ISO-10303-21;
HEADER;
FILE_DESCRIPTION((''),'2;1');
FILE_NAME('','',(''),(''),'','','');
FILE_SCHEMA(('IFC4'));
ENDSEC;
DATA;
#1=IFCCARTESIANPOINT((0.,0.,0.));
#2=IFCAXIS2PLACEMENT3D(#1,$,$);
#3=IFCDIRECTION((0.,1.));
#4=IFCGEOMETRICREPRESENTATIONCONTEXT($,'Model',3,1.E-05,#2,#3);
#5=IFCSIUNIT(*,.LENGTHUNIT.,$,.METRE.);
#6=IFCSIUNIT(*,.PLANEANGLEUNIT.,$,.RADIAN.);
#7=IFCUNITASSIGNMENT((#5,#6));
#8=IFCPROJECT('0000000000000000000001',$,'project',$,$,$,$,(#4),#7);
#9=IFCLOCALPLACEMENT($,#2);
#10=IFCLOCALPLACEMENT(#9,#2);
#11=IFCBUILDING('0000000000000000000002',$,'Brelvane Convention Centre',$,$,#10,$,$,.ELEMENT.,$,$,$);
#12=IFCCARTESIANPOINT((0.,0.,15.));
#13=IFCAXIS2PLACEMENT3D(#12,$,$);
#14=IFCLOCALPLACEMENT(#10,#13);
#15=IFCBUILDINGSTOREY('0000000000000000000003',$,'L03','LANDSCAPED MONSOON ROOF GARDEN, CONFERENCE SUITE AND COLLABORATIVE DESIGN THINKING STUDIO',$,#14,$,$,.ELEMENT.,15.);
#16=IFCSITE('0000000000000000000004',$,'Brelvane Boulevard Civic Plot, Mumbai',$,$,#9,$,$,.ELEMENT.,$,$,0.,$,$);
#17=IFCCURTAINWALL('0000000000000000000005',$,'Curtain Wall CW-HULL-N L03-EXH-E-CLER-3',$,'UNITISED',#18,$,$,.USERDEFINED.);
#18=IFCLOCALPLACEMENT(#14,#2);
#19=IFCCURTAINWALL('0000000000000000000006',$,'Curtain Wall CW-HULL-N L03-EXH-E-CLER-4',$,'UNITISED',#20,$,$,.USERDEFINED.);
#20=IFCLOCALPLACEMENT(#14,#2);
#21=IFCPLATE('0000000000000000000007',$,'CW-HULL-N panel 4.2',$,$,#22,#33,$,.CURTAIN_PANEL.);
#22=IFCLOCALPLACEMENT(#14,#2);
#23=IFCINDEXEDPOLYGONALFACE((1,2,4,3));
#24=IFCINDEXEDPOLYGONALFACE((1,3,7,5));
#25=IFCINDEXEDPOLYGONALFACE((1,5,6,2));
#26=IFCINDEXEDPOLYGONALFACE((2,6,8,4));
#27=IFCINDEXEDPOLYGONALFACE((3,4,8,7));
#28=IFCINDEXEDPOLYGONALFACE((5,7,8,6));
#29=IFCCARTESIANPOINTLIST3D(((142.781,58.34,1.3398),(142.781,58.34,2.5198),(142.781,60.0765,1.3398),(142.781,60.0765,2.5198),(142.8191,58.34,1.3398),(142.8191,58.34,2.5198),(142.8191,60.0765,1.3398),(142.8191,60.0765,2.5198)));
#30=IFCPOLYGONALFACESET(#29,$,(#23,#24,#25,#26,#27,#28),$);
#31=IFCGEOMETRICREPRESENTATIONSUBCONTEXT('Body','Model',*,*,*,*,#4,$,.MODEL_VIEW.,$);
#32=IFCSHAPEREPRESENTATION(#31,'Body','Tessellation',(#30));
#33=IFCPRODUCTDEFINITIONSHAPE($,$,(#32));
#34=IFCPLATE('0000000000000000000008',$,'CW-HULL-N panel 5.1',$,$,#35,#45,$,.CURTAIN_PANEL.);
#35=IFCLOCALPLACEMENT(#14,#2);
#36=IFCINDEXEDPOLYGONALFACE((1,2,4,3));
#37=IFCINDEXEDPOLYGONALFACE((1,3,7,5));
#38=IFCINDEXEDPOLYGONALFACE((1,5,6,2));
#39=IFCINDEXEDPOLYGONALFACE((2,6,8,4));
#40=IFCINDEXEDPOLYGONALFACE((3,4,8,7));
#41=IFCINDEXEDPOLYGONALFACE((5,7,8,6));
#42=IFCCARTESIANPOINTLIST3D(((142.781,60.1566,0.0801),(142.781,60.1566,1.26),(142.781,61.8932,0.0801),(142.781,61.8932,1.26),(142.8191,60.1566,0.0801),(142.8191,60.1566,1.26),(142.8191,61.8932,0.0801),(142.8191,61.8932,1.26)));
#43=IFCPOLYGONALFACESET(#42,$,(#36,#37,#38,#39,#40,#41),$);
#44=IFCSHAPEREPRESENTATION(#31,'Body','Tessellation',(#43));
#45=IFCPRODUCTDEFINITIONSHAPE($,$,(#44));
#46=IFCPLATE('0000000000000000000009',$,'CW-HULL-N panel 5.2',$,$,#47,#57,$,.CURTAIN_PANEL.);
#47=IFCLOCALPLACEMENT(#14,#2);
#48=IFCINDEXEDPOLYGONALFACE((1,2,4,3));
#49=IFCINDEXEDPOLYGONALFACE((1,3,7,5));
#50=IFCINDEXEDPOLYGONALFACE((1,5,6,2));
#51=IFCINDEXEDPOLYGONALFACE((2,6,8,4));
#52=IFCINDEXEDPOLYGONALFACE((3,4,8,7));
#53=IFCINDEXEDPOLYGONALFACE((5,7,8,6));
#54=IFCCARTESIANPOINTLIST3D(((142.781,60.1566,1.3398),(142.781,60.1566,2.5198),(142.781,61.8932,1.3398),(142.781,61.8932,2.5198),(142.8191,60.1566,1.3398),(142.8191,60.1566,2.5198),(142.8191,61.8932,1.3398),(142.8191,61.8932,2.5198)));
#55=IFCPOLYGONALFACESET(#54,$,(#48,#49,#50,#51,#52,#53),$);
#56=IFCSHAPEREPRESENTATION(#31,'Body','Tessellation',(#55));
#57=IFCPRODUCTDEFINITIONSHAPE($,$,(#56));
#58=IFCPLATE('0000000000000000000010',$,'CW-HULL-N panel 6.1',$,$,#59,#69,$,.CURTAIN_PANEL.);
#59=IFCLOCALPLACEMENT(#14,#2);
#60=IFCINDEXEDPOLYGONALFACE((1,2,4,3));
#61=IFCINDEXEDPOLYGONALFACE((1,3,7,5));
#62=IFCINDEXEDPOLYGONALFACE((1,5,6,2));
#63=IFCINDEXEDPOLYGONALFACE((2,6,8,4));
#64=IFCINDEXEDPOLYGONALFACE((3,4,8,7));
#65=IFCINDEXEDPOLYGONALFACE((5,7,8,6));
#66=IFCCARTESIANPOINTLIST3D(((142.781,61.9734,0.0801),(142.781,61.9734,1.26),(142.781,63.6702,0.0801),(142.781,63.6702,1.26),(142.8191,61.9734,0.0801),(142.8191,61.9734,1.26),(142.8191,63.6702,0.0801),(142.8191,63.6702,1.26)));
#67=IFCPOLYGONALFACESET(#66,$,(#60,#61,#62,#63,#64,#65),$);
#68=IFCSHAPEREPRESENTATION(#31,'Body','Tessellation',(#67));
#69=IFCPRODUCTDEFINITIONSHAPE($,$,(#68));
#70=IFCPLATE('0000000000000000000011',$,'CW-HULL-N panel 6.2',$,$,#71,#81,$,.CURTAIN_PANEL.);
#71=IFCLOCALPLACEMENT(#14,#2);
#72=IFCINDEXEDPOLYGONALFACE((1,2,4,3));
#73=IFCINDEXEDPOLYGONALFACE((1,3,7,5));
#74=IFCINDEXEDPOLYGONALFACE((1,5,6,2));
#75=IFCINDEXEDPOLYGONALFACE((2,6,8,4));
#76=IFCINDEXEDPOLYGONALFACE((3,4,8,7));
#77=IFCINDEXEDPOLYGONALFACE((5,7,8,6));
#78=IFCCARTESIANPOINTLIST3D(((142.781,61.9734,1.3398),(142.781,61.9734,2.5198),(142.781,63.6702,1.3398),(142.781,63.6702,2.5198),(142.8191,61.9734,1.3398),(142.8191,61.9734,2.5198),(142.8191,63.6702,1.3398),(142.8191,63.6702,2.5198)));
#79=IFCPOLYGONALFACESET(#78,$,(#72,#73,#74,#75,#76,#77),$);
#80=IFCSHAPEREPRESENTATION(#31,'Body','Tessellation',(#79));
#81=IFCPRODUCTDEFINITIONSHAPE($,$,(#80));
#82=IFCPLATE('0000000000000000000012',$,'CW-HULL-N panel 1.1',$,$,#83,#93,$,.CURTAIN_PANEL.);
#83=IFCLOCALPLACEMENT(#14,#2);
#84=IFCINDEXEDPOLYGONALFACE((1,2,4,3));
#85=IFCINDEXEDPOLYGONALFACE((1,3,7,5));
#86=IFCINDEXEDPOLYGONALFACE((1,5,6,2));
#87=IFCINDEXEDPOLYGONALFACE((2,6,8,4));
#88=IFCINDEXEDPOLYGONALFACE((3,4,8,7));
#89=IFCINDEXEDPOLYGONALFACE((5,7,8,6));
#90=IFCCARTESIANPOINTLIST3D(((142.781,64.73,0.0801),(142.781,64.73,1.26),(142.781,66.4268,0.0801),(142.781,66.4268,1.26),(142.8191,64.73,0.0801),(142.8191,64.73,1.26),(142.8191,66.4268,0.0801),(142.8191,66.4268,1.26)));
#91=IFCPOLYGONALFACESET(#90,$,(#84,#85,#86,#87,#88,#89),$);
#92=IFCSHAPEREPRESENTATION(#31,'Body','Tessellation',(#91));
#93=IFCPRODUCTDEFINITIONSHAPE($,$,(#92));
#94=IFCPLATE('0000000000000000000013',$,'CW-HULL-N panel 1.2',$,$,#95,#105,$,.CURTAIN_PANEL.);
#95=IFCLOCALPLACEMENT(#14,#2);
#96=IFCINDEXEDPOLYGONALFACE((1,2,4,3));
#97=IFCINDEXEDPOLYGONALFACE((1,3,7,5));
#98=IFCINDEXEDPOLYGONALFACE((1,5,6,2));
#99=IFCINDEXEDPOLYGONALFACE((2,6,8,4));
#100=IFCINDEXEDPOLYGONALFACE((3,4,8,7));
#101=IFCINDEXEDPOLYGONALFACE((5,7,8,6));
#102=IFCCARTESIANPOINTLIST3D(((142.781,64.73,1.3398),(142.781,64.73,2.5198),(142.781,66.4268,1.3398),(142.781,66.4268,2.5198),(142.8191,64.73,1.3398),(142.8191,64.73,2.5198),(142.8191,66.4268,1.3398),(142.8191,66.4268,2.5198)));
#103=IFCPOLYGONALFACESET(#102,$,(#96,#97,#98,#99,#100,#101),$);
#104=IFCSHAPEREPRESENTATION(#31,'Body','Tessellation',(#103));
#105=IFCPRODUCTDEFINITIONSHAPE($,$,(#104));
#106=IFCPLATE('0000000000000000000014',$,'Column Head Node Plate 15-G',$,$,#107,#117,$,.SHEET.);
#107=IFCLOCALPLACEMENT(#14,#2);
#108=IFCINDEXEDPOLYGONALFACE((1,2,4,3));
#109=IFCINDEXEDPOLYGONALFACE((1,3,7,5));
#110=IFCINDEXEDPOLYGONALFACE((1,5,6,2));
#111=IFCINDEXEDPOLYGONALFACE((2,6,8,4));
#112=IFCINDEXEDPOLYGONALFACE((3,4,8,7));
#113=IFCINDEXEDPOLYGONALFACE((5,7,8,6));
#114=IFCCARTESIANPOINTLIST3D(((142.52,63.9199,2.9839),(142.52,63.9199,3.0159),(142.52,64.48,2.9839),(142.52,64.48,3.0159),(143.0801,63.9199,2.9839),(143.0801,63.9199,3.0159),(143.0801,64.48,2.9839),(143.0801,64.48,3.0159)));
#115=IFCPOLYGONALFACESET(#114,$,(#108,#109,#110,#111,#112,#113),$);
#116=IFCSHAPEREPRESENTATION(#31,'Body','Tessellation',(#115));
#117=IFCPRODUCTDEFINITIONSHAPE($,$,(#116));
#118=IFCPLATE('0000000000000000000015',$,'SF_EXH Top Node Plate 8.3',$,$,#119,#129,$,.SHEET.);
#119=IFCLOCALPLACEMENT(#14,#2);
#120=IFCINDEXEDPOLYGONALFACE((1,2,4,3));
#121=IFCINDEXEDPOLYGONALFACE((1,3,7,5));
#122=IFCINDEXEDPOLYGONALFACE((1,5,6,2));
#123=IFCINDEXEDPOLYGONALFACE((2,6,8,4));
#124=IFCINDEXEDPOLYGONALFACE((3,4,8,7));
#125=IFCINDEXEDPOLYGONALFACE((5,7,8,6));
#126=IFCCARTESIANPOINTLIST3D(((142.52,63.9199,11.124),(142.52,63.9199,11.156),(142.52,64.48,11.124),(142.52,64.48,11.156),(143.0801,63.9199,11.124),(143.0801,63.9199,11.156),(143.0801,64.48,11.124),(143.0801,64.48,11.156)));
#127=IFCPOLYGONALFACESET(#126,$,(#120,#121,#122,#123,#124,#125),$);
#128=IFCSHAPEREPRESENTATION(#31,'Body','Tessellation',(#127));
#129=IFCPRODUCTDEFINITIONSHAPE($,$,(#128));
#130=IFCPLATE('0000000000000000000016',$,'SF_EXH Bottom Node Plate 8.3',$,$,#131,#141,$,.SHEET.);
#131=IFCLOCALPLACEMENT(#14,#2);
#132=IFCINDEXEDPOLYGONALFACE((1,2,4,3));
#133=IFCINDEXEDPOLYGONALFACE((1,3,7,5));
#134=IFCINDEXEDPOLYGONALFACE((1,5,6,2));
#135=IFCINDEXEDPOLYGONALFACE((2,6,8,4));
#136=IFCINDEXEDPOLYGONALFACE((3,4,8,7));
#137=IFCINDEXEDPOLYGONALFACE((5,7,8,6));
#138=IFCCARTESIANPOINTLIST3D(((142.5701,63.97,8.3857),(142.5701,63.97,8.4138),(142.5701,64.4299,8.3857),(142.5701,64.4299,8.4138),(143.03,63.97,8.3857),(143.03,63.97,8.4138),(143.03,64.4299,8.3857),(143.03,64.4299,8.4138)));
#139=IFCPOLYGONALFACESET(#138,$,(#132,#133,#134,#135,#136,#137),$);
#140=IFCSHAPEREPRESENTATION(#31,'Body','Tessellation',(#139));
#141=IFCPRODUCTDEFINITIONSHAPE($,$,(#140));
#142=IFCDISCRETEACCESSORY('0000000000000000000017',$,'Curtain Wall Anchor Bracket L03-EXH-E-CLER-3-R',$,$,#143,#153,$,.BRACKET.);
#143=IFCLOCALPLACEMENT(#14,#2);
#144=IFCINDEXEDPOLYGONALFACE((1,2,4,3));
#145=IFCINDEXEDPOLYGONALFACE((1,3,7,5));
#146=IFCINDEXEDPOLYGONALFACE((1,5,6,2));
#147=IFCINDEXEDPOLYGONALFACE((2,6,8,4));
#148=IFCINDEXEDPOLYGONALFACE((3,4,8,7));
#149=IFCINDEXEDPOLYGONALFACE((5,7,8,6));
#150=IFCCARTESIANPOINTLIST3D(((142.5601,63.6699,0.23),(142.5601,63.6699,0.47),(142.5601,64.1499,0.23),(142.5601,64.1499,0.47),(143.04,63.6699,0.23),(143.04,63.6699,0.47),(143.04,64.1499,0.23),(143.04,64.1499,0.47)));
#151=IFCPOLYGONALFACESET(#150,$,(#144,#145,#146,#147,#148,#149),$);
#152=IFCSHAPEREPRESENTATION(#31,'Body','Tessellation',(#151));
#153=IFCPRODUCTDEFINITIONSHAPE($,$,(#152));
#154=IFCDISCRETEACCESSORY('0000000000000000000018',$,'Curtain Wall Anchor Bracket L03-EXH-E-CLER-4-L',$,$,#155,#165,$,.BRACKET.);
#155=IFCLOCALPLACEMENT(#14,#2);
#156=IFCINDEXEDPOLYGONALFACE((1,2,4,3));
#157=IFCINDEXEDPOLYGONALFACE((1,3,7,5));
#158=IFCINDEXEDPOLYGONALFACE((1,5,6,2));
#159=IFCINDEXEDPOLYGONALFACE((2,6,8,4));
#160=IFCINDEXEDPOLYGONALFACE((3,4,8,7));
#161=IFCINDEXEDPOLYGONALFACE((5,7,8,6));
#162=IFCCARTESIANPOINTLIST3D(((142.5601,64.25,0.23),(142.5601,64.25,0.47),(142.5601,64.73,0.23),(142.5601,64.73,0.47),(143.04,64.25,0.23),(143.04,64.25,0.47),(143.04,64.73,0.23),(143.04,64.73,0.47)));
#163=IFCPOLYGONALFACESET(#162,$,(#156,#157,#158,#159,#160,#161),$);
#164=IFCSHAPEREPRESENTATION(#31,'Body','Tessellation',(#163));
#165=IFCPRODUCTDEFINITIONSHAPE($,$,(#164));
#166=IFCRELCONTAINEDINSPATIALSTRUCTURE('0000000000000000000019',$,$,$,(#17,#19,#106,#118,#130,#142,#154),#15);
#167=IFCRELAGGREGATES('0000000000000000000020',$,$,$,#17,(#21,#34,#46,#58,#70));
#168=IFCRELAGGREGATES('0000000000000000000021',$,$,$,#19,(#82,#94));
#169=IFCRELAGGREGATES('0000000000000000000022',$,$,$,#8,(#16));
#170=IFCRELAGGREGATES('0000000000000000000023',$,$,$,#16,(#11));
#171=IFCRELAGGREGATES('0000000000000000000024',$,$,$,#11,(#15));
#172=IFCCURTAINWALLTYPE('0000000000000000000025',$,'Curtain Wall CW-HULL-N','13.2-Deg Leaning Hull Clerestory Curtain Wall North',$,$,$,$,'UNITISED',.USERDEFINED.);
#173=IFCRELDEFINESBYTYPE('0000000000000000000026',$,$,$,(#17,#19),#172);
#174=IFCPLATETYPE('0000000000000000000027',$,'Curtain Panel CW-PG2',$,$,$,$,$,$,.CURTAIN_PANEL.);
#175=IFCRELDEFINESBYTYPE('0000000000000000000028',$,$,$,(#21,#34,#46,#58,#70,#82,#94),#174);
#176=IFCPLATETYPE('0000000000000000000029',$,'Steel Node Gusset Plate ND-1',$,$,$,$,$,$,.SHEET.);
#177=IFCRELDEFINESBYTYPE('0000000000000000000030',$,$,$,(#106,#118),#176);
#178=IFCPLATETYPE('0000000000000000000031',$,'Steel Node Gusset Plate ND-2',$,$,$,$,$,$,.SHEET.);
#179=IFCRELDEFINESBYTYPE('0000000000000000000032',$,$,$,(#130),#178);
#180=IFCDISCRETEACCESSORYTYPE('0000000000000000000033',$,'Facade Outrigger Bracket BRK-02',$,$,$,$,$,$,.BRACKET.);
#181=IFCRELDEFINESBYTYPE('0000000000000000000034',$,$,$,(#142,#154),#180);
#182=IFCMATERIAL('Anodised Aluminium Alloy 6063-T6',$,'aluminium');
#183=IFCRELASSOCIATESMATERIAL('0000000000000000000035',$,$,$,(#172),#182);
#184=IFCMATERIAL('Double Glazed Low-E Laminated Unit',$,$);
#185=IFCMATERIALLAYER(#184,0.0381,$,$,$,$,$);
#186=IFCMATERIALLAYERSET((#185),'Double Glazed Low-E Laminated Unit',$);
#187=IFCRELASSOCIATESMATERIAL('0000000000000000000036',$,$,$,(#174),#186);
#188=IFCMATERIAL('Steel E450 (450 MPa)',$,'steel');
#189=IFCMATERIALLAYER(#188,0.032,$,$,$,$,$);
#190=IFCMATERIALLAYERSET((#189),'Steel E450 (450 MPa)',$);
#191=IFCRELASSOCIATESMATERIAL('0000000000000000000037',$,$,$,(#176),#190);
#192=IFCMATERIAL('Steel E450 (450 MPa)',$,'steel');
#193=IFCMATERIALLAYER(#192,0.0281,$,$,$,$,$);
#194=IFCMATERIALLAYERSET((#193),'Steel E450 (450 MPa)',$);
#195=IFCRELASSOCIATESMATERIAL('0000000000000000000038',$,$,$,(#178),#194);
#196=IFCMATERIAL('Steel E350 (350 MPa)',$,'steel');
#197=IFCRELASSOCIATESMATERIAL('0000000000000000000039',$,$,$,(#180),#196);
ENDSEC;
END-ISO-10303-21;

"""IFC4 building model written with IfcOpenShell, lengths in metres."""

from ifc_helpers import new_model, si_unit, direction, frame, origin, origin_2d, place, context, subcontext, project, spatial, rectangle, extrude, material, layer, layer_set, type_object, element, aggregate, save


model = new_model("IFC4")

# Units and contexts
model_context = context("Model", 3, precision=1e-05, world=origin(), true_north=direction((0.0, 1.0)))
body_context = subcontext(model_context, "Body", "Model", "MODEL_VIEW")
ifc_project = project(units=[si_unit("LENGTHUNIT", "METRE"), si_unit("PLANEANGLEUNIT", "RADIAN")], contexts=[model_context])

# Site, building, storey
site_placement = place(None, origin())
site = spatial("IfcSite", under=ifc_project, at=site_placement, Name="Brelvane Boulevard Civic Plot, Mumbai", CompositionType="ELEMENT", RefElevation=0.0)
building_placement = place(site_placement, origin())
building = spatial("IfcBuilding", under=site, at=building_placement, Name="Brelvane Convention Centre", CompositionType="ELEMENT")
storey_placement = place(building_placement, frame((0.0, 0.0, 15.0)))
storey = spatial("IfcBuildingStorey", under=building, at=storey_placement, Name="L03", Description="LANDSCAPED MONSOON ROOF GARDEN, CONFERENCE SUITE AND COLLABORATIVE DESIGN THINKING STUDIO", CompositionType="ELEMENT", Elevation=15.0)

# Curtain walls
ifc_material_1 = material(Name="Anodised Aluminium Alloy 6063-T6", Category="aluminium")
curtain_wall_type = type_object("IfcCurtainWallType", Name="Curtain Wall CW-HULL-N", Description="13.2-Deg Leaning Hull Clerestory Curtain Wall North", ElementType="UNITISED", PredefinedType="USERDEFINED", material=ifc_material_1)
curtain_wall_1_placement = place(storey_placement, origin())
curtain_wall_1 = element("IfcCurtainWall", 1, at=curtain_wall_1_placement, inside=storey, type_object=curtain_wall_type, Name="Curtain Wall CW-HULL-N L03-EXH-E-CLER-3", ObjectType="UNITISED", PredefinedType="USERDEFINED")
curtain_wall_2_placement = place(storey_placement, origin())
curtain_wall_2 = element("IfcCurtainWall", 2, at=curtain_wall_2_placement, inside=storey, type_object=curtain_wall_type, Name="Curtain Wall CW-HULL-N L03-EXH-E-CLER-4", ObjectType="UNITISED", PredefinedType="USERDEFINED")

# Plates
ifc_material_2 = material(Name="Double Glazed Low-E Laminated Unit")
ifc_layer_1 = layer(ifc_material_2, 0.0381)
ifc_layer_set_1 = layer_set([ifc_layer_1], Name="Double Glazed Low-E Laminated Unit")
plate_type_1 = type_object("IfcPlateType", Name="Curtain Panel CW-PG2", PredefinedType="CURTAIN_PANEL", material=ifc_layer_set_1)
plate_1_placement = place(storey_placement, frame((142.8, 59.2083, 1.3398), z_axis=(0.0, 0.0, 1.0), x_axis=(0.0, 1.0, 0.0)))
plate_1 = element("IfcPlate", 3, at=plate_1_placement, type_object=plate_type_1, Name="CW-HULL-N panel 4.2", PredefinedType="CURTAIN_PANEL", context=body_context, shape_type="SweptSolid", body=[
    extrude(rectangle(XDim=1.7366, YDim=0.0381, at=origin_2d()), origin(), (0.0, 0.0, 1.0), 1.1799),
])
plate_2_placement = place(storey_placement, frame((142.8, 61.0249, 0.0801), z_axis=(0.0, 0.0, 1.0), x_axis=(0.0, 1.0, 0.0)))
plate_2 = element("IfcPlate", 4, at=plate_2_placement, type_object=plate_type_1, Name="CW-HULL-N panel 5.1", PredefinedType="CURTAIN_PANEL", context=body_context, shape_type="SweptSolid", body=[
    extrude(rectangle(XDim=1.7366, YDim=0.0381, at=origin_2d()), origin(), (0.0, 0.0, 1.0), 1.1799),
])
plate_3_placement = place(storey_placement, frame((142.8, 61.0249, 1.3398), z_axis=(0.0, 0.0, 1.0), x_axis=(0.0, 1.0, 0.0)))
plate_3 = element("IfcPlate", 5, at=plate_3_placement, type_object=plate_type_1, Name="CW-HULL-N panel 5.2", PredefinedType="CURTAIN_PANEL", context=body_context, shape_type="SweptSolid", body=[
    extrude(rectangle(XDim=1.7366, YDim=0.0381, at=origin_2d()), origin(), (0.0, 0.0, 1.0), 1.1799),
])
plate_4_placement = place(storey_placement, frame((142.8, 62.8218, 0.0801), z_axis=(0.0, 0.0, 1.0), x_axis=(0.0, 1.0, 0.0)))
plate_4 = element("IfcPlate", 6, at=plate_4_placement, type_object=plate_type_1, Name="CW-HULL-N panel 6.1", PredefinedType="CURTAIN_PANEL", context=body_context, shape_type="SweptSolid", body=[
    extrude(rectangle(XDim=1.6968, YDim=0.0381, at=origin_2d()), origin(), (0.0, 0.0, 1.0), 1.1799),
])
plate_5_placement = place(storey_placement, frame((142.8, 62.8218, 1.3398), z_axis=(0.0, 0.0, 1.0), x_axis=(0.0, 1.0, 0.0)))
plate_5 = element("IfcPlate", 7, at=plate_5_placement, type_object=plate_type_1, Name="CW-HULL-N panel 6.2", PredefinedType="CURTAIN_PANEL", context=body_context, shape_type="SweptSolid", body=[
    extrude(rectangle(XDim=1.6968, YDim=0.0381, at=origin_2d()), origin(), (0.0, 0.0, 1.0), 1.1799),
])
aggregate(curtain_wall_1, [plate_1, plate_2, plate_3, plate_4, plate_5])
plate_6_placement = place(storey_placement, frame((142.8, 65.5784, 0.0801), z_axis=(0.0, 0.0, 1.0), x_axis=(0.0, 1.0, 0.0)))
plate_6 = element("IfcPlate", 8, at=plate_6_placement, type_object=plate_type_1, Name="CW-HULL-N panel 1.1", PredefinedType="CURTAIN_PANEL", context=body_context, shape_type="SweptSolid", body=[
    extrude(rectangle(XDim=1.6968, YDim=0.0381, at=origin_2d()), origin(), (0.0, 0.0, 1.0), 1.1799),
])
plate_7_placement = place(storey_placement, frame((142.8, 65.5784, 1.3398), z_axis=(0.0, 0.0, 1.0), x_axis=(0.0, 1.0, 0.0)))
plate_7 = element("IfcPlate", 9, at=plate_7_placement, type_object=plate_type_1, Name="CW-HULL-N panel 1.2", PredefinedType="CURTAIN_PANEL", context=body_context, shape_type="SweptSolid", body=[
    extrude(rectangle(XDim=1.6968, YDim=0.0381, at=origin_2d()), origin(), (0.0, 0.0, 1.0), 1.1799),
])
aggregate(curtain_wall_2, [plate_6, plate_7])

# Plates
ifc_material_3 = material(Name="Steel E450 (450 MPa)", Category="steel")
ifc_layer_2 = layer(ifc_material_3, 0.032)
ifc_layer_set_2 = layer_set([ifc_layer_2], Name="Steel E450 (450 MPa)")
plate_type_2 = type_object("IfcPlateType", Name="Steel Node Gusset Plate ND-1", PredefinedType="SHEET", material=ifc_layer_set_2)
for number, where, z_axis, x_axis, name in (
    (10, (142.8, 64.2, 2.9839), (0.0, 0.0, 1.0), (1.0, 0.0, 0.0), "Column Head Node Plate 15-G"),
    (11, (142.8, 64.2, 11.124), (0.0, 0.0, 1.0), (1.0, 0.0, 0.0), "SF_EXH Top Node Plate 8.3"),
):
    element("IfcPlate", number, at=place(storey_placement, frame(where, z_axis=z_axis, x_axis=x_axis)), inside=storey, type_object=plate_type_2, Name=name, PredefinedType="SHEET", context=body_context, shape_type="SweptSolid", body=[
        extrude(rectangle(XDim=0.5601, YDim=0.5601, at=origin_2d()), origin(), (0.0, 0.0, 1.0), 0.032),
    ])
ifc_material_4 = material(Name="Steel E450 (450 MPa)", Category="steel")
ifc_layer_3 = layer(ifc_material_4, 0.0281)
ifc_layer_set_3 = layer_set([ifc_layer_3], Name="Steel E450 (450 MPa)")
plate_type_3 = type_object("IfcPlateType", Name="Steel Node Gusset Plate ND-2", PredefinedType="SHEET", material=ifc_layer_set_3)
plate_8_placement = place(storey_placement, frame((142.8, 64.2, 8.3857), z_axis=(0.0, 0.0, 1.0), x_axis=(1.0, 0.0, 0.0)))
element("IfcPlate", 12, at=plate_8_placement, inside=storey, type_object=plate_type_3, Name="SF_EXH Bottom Node Plate 8.3", PredefinedType="SHEET", context=body_context, shape_type="SweptSolid", body=[
    extrude(rectangle(XDim=0.46, YDim=0.46, at=origin_2d()), origin(), (0.0, 0.0, 1.0), 0.0281),
])

# Discrete accessories
ifc_material_5 = material(Name="Steel E350 (350 MPa)", Category="steel")
discrete_accessory_type = type_object("IfcDiscreteAccessoryType", Name="Facade Outrigger Bracket BRK-02", PredefinedType="BRACKET", material=ifc_material_5)
for number, where, z_axis, x_axis, name in (
    (13, (142.8, 63.9099, 0.23), (0.0, 0.0, 1.0), (1.0, 0.0, 0.0), "Curtain Wall Anchor Bracket L03-EXH-E-CLER-3-R"),
    (14, (142.8, 64.49, 0.23), (0.0, 0.0, 1.0), (1.0, 0.0, 0.0), "Curtain Wall Anchor Bracket L03-EXH-E-CLER-4-L"),
):
    element("IfcDiscreteAccessory", number, at=place(storey_placement, frame(where, z_axis=z_axis, x_axis=x_axis)), inside=storey, type_object=discrete_accessory_type, Name=name, PredefinedType="BRACKET", context=body_context, shape_type="SweptSolid", body=[
        extrude(rectangle(XDim=0.48, YDim=0.48, at=origin_2d()), origin(), (0.0, 0.0, 1.0), 0.24),
    ])

save(model, "model.ifc")
